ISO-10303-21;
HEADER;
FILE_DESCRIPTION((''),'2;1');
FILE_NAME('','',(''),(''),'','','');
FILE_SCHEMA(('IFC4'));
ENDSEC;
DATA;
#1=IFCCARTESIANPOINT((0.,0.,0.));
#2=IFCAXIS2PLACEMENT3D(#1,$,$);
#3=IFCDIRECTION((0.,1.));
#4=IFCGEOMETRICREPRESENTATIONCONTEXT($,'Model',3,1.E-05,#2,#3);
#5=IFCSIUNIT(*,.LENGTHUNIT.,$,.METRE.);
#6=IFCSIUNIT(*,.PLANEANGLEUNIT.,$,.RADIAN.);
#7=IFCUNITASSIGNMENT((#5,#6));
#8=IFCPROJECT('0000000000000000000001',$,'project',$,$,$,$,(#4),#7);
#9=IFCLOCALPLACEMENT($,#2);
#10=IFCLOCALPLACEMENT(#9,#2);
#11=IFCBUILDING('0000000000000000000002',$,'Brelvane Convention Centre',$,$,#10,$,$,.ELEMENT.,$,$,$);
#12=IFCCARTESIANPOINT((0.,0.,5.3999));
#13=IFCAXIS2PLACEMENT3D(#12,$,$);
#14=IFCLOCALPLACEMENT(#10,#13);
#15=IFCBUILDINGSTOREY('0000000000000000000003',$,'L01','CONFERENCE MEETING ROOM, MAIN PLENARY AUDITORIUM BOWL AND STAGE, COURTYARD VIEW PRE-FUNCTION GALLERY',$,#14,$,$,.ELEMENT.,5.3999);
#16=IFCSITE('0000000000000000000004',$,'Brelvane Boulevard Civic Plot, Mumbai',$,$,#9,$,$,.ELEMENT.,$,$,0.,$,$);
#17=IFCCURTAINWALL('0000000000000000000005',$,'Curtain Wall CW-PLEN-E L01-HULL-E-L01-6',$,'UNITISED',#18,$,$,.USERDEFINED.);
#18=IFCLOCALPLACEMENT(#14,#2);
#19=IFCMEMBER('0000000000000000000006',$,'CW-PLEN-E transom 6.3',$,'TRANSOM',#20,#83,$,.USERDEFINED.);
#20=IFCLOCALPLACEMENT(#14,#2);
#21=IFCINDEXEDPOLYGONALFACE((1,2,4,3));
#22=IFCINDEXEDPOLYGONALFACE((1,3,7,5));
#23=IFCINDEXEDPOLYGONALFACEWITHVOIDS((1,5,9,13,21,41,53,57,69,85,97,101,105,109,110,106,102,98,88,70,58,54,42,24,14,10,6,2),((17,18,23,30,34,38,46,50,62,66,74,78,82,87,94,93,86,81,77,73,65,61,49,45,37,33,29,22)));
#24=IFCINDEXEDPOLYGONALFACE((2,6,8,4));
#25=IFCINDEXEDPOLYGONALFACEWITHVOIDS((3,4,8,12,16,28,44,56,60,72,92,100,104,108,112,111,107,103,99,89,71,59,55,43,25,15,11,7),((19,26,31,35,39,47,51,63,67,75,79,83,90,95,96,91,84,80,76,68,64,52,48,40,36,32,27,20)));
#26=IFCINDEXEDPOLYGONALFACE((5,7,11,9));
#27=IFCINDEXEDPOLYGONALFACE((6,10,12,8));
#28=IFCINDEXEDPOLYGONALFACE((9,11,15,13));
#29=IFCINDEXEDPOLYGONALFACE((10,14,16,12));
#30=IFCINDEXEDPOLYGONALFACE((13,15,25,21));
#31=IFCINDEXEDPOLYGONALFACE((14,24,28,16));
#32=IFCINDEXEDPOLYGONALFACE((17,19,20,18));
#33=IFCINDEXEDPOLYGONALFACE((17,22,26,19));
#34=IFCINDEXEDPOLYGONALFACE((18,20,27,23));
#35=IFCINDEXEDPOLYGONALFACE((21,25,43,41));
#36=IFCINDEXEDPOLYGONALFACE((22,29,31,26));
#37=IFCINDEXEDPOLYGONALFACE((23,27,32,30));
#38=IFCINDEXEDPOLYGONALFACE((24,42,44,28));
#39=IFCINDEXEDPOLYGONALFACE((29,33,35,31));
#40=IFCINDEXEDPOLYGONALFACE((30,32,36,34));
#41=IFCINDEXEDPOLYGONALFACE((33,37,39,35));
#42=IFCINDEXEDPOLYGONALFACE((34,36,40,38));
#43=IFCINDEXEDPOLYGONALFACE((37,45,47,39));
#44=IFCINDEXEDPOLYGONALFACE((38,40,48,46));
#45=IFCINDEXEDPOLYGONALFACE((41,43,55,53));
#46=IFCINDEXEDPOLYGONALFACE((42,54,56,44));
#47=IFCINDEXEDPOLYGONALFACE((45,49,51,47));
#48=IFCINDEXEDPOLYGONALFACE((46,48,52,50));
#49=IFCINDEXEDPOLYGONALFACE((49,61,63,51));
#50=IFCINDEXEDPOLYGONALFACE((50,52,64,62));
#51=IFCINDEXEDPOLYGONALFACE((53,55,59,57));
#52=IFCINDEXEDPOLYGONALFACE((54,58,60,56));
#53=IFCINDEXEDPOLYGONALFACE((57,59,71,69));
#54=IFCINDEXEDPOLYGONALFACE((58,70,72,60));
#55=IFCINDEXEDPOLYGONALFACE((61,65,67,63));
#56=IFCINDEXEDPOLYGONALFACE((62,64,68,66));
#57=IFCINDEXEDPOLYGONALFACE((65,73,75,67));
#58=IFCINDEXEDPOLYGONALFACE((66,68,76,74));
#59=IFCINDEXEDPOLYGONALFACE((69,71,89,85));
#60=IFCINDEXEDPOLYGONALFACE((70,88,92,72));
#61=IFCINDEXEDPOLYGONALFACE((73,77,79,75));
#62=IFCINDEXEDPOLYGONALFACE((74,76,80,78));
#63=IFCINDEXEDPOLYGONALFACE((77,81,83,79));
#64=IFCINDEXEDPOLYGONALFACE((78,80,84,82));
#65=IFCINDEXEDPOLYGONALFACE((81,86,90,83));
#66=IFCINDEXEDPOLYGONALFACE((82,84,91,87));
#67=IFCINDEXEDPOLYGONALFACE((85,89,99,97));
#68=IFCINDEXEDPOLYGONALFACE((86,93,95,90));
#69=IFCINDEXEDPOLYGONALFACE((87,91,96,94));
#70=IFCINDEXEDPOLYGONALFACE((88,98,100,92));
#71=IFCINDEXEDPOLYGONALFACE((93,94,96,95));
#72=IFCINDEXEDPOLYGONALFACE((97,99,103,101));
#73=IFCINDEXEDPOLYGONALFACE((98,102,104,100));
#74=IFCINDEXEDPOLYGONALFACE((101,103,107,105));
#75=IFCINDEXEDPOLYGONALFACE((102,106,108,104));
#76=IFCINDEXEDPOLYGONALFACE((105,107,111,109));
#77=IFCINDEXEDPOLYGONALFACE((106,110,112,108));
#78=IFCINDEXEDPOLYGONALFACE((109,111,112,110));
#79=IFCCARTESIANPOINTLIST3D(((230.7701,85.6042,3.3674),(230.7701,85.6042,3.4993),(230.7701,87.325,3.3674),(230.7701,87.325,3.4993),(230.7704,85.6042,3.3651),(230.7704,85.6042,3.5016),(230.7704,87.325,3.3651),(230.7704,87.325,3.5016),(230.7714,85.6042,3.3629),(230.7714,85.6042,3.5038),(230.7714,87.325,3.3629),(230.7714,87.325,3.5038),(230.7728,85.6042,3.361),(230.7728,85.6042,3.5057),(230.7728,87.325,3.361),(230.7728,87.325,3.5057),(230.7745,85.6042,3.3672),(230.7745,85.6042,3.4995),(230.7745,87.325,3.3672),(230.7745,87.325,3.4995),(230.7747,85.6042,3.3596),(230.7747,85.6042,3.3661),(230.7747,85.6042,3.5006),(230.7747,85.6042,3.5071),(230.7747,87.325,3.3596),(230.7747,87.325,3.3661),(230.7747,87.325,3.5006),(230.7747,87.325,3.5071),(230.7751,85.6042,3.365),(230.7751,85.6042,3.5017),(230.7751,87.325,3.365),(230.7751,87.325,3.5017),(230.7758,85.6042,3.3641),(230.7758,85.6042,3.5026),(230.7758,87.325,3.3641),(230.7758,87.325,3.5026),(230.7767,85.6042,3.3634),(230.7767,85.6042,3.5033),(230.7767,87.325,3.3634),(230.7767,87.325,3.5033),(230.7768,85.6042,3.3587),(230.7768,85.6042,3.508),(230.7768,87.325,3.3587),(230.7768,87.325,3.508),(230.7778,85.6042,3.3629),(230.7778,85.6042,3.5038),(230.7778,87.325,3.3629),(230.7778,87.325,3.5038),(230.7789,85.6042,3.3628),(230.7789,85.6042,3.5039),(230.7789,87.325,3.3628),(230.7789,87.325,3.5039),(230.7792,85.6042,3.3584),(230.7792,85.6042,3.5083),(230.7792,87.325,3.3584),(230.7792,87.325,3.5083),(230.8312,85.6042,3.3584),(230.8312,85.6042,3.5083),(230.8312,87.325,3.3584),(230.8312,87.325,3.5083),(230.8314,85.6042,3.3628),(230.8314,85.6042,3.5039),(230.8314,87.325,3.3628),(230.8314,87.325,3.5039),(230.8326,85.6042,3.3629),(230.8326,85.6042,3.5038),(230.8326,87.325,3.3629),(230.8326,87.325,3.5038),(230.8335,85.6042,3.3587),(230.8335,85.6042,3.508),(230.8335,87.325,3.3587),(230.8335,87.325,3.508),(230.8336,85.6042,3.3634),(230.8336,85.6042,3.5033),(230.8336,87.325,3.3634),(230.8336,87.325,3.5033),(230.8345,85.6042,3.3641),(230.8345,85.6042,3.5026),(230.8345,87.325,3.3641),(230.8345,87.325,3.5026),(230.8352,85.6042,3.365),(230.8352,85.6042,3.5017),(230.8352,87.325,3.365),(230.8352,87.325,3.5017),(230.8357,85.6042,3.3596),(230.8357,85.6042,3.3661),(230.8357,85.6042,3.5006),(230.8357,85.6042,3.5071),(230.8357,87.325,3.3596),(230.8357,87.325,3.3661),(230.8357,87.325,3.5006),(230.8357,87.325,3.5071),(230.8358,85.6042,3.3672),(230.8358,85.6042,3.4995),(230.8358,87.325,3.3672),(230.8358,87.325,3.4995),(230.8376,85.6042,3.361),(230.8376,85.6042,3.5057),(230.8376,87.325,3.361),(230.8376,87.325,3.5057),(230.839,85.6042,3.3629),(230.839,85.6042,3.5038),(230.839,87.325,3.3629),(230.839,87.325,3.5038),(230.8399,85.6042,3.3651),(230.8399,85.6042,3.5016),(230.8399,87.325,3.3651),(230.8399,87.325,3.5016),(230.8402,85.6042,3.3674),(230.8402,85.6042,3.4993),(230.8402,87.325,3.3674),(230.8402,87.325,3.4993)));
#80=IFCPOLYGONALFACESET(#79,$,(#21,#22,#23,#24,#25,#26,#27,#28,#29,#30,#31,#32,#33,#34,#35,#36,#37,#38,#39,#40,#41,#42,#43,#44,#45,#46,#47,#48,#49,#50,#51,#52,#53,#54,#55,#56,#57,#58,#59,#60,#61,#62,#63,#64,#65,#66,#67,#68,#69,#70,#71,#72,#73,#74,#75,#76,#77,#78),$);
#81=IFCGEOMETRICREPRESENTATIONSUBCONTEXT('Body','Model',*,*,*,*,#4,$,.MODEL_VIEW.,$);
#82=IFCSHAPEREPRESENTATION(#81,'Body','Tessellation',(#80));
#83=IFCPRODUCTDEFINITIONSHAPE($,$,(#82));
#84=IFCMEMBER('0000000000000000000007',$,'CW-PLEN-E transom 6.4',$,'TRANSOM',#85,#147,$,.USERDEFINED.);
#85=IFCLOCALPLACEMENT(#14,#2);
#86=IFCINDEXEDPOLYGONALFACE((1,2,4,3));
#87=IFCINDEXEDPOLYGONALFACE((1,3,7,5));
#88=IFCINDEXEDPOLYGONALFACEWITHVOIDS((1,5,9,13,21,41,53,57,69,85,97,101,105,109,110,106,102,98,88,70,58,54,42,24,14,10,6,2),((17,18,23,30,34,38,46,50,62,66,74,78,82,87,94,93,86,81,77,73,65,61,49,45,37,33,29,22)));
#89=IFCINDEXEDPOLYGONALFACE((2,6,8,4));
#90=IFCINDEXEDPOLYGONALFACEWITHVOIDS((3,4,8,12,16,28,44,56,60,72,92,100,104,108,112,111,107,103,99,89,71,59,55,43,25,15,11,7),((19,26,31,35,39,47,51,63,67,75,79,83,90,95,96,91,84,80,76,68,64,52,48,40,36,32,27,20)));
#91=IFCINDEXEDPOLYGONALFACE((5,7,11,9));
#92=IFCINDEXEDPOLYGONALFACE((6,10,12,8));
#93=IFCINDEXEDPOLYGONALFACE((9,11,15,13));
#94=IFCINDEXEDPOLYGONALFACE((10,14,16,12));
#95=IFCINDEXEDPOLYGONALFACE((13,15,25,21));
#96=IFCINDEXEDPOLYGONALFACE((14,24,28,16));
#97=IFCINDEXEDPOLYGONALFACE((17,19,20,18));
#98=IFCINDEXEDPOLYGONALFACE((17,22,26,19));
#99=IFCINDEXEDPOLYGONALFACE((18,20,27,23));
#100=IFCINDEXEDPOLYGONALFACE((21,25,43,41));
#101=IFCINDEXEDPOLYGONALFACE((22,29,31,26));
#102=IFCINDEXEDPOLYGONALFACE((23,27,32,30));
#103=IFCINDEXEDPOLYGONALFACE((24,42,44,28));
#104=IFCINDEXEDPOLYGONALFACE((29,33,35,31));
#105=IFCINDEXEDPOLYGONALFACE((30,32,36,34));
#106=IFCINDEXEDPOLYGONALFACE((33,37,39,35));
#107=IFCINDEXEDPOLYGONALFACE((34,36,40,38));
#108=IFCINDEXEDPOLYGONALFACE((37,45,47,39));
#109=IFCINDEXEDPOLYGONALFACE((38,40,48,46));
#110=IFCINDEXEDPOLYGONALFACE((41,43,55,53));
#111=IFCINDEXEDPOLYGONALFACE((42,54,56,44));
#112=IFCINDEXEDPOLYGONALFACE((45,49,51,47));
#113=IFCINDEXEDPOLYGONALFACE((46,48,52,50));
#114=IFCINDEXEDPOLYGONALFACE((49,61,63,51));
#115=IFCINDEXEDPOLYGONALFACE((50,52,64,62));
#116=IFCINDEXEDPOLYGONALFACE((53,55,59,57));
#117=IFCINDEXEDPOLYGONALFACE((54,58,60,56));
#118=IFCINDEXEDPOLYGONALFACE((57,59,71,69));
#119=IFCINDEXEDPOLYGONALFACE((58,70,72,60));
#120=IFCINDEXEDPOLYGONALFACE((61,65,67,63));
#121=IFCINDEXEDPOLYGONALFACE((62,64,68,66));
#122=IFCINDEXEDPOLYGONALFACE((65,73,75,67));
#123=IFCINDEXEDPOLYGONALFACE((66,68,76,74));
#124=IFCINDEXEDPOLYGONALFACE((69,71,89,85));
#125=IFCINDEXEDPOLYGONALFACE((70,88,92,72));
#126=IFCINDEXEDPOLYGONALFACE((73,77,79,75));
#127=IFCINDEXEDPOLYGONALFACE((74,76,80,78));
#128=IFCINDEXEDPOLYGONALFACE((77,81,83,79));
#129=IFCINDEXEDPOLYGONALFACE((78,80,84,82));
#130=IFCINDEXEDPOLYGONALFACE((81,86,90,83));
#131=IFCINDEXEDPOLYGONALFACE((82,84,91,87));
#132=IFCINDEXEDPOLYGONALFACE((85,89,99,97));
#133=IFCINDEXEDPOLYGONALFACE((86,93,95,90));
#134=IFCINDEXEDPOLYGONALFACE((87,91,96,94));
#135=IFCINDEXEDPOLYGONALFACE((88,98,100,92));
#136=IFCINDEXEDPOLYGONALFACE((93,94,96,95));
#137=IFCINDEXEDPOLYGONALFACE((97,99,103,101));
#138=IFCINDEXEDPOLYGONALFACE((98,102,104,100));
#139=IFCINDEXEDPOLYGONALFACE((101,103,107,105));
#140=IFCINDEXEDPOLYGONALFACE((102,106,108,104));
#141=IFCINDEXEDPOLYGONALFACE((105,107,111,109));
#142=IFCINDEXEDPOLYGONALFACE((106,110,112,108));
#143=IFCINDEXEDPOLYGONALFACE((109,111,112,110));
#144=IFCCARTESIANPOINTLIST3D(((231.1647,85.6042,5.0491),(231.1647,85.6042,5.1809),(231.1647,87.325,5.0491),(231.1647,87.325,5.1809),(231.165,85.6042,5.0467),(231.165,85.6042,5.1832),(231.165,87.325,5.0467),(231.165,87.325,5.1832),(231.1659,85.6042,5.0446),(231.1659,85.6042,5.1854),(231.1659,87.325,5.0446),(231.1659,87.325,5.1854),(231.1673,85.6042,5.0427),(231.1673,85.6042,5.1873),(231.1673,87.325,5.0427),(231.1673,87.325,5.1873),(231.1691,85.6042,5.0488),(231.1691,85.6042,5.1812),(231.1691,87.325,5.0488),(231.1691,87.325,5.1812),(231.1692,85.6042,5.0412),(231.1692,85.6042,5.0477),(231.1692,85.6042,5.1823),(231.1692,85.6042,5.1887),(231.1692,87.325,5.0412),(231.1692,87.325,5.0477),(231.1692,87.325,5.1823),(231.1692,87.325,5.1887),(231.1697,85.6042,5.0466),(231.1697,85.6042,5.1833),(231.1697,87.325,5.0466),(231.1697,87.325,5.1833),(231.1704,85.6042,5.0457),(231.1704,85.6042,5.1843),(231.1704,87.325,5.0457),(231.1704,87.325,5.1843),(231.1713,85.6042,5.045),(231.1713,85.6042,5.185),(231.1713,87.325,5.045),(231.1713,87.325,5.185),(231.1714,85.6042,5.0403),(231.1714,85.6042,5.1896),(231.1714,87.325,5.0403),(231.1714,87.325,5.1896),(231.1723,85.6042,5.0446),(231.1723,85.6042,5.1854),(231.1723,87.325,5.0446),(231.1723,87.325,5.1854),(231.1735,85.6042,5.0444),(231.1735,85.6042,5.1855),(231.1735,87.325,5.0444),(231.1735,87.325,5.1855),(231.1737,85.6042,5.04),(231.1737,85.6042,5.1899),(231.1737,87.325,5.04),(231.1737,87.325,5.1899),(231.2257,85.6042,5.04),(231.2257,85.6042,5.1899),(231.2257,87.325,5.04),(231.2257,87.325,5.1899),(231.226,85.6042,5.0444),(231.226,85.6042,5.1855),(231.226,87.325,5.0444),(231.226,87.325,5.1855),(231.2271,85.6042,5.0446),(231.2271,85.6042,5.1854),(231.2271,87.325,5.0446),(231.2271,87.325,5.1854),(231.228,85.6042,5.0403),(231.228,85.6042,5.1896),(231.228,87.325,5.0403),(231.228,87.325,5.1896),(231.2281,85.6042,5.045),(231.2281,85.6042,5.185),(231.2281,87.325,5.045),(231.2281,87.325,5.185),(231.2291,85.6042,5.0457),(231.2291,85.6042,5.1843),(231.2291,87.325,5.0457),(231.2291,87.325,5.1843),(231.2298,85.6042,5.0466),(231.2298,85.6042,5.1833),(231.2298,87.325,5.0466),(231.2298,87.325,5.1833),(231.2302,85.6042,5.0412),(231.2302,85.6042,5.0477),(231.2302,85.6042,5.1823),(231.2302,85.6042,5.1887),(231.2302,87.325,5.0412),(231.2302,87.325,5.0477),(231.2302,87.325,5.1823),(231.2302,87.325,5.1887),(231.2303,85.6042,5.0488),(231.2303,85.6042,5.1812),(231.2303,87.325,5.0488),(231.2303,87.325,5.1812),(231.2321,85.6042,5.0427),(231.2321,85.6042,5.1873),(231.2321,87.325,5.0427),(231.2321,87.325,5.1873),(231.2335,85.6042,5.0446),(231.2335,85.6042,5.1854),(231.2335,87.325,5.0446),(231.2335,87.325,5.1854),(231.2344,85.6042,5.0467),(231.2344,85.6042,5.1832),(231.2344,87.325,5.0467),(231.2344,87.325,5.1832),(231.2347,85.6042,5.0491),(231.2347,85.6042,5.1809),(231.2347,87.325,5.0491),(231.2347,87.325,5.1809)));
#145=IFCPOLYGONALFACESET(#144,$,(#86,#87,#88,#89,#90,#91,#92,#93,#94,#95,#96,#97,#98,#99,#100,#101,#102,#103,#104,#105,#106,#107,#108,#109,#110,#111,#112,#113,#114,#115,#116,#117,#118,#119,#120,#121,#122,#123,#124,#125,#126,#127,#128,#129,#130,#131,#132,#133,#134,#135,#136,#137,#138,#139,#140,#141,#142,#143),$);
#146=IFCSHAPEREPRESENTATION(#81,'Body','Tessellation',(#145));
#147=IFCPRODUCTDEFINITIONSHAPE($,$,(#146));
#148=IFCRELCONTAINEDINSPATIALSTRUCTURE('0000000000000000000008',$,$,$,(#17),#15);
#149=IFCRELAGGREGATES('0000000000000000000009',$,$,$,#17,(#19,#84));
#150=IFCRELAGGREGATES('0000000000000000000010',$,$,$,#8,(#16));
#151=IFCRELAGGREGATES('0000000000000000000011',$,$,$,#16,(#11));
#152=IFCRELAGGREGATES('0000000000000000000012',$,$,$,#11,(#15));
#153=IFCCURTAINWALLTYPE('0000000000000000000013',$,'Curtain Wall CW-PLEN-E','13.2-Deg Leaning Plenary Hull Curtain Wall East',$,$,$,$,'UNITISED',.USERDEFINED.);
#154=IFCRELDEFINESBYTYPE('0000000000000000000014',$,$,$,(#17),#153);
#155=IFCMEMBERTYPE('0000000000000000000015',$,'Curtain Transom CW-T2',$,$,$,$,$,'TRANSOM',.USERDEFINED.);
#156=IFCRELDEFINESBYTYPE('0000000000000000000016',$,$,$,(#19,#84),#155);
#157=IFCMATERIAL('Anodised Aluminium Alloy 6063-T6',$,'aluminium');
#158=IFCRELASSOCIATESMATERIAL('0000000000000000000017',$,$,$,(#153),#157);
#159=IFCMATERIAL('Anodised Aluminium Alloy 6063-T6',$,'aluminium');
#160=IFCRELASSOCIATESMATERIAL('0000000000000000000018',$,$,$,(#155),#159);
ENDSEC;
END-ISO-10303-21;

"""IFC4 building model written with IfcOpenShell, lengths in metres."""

from ifc_helpers import new_model, si_unit, direction, frame, origin, origin_2d, place, context, subcontext, project, spatial, hollow_rectangle, extrude, material, material_profile, profile_set, type_object, element, aggregate, save


model = new_model("IFC4")

# Units and contexts
model_context = context("Model", 3, precision=1e-05, world=origin(), true_north=direction((0.0, 1.0)))
body_context = subcontext(model_context, "Body", "Model", "MODEL_VIEW")
ifc_project = project(units=[si_unit("LENGTHUNIT", "METRE"), si_unit("PLANEANGLEUNIT", "RADIAN")], contexts=[model_context])

# Site, building, storey
site_placement = place(None, origin())
site = spatial("IfcSite", under=ifc_project, at=site_placement, Name="Brelvane Boulevard Civic Plot, Mumbai", CompositionType="ELEMENT", RefElevation=0.0)
building_placement = place(site_placement, origin())
building = spatial("IfcBuilding", under=site, at=building_placement, Name="Brelvane Convention Centre", CompositionType="ELEMENT")
storey_placement = place(building_placement, frame((0.0, 0.0, 5.3999)))
storey = spatial("IfcBuildingStorey", under=building, at=storey_placement, Name="L01", Description="CONFERENCE MEETING ROOM, MAIN PLENARY AUDITORIUM BOWL AND STAGE, COURTYARD VIEW PRE-FUNCTION GALLERY", CompositionType="ELEMENT", Elevation=5.3999)

# Curtain wall
ifc_material_1 = material(Name="Anodised Aluminium Alloy 6063-T6", Category="aluminium")
curtain_wall_type_1 = type_object("IfcCurtainWallType", Name="Curtain Wall CW-PLEN-E", Description="13.2-Deg Leaning Plenary Hull Curtain Wall East", ElementType="UNITISED", PredefinedType="USERDEFINED", material=ifc_material_1)
curtain_wall_1_placement = place(storey_placement, origin())
curtain_wall_1 = element("IfcCurtainWall", 1, at=curtain_wall_1_placement, inside=storey, type_object=curtain_wall_type_1, Name="Curtain Wall CW-PLEN-E L01-HULL-E-L01-6", ObjectType="UNITISED", PredefinedType="USERDEFINED")

# Members
ifc_material_2 = material(Name="Anodised Aluminium Alloy 6063-T6", Category="aluminium")
ifc_material_profile_1 = material_profile(ifc_material_2, hollow_rectangle(XDim=0.0701, YDim=0.1499, WallThickness=0.0044, InnerFilletRadius=0.0044, OuterFilletRadius=0.009, at=origin_2d()), Name="ALU-T 150x70x4.5")
ifc_profile_set_1 = profile_set([ifc_material_profile_1], Name="Anodised Aluminium Alloy 6063-T6")
member_type_1 = type_object("IfcMemberType", Name="Curtain Transom CW-T2", ElementType="TRANSOM", PredefinedType="USERDEFINED", material=ifc_profile_set_1)
member_1_placement = place(storey_placement, frame((230.8052, 85.6042, 3.4333), z_axis=(0.0, 1.0, 0.0), x_axis=(-1.0, 0.0, 0.0)))
member_1 = element("IfcMember", 2, at=member_1_placement, type_object=member_type_1, Name="CW-PLEN-E transom 6.3", ObjectType="TRANSOM", PredefinedType="USERDEFINED", context=body_context, shape_type="SweptSolid", body=[
    extrude(hollow_rectangle(XDim=0.0701, YDim=0.1499, WallThickness=0.0044, InnerFilletRadius=0.0044, OuterFilletRadius=0.009, at=origin_2d()), origin(), (0.0, 0.0, 1.0), 1.7207),
])
member_2_placement = place(storey_placement, frame((231.1997, 85.6042, 5.115), z_axis=(0.0, 1.0, 0.0), x_axis=(-1.0, 0.0, 0.0)))
member_2 = element("IfcMember", 3, at=member_2_placement, type_object=member_type_1, Name="CW-PLEN-E transom 6.4", ObjectType="TRANSOM", PredefinedType="USERDEFINED", context=body_context, shape_type="SweptSolid", body=[
    extrude(hollow_rectangle(XDim=0.0701, YDim=0.1499, WallThickness=0.0044, InnerFilletRadius=0.0044, OuterFilletRadius=0.009, at=origin_2d()), origin(), (0.0, 0.0, 1.0), 1.7207),
])

aggregate(curtain_wall_1, [member_1, member_2])

save(model, "model.ifc")
